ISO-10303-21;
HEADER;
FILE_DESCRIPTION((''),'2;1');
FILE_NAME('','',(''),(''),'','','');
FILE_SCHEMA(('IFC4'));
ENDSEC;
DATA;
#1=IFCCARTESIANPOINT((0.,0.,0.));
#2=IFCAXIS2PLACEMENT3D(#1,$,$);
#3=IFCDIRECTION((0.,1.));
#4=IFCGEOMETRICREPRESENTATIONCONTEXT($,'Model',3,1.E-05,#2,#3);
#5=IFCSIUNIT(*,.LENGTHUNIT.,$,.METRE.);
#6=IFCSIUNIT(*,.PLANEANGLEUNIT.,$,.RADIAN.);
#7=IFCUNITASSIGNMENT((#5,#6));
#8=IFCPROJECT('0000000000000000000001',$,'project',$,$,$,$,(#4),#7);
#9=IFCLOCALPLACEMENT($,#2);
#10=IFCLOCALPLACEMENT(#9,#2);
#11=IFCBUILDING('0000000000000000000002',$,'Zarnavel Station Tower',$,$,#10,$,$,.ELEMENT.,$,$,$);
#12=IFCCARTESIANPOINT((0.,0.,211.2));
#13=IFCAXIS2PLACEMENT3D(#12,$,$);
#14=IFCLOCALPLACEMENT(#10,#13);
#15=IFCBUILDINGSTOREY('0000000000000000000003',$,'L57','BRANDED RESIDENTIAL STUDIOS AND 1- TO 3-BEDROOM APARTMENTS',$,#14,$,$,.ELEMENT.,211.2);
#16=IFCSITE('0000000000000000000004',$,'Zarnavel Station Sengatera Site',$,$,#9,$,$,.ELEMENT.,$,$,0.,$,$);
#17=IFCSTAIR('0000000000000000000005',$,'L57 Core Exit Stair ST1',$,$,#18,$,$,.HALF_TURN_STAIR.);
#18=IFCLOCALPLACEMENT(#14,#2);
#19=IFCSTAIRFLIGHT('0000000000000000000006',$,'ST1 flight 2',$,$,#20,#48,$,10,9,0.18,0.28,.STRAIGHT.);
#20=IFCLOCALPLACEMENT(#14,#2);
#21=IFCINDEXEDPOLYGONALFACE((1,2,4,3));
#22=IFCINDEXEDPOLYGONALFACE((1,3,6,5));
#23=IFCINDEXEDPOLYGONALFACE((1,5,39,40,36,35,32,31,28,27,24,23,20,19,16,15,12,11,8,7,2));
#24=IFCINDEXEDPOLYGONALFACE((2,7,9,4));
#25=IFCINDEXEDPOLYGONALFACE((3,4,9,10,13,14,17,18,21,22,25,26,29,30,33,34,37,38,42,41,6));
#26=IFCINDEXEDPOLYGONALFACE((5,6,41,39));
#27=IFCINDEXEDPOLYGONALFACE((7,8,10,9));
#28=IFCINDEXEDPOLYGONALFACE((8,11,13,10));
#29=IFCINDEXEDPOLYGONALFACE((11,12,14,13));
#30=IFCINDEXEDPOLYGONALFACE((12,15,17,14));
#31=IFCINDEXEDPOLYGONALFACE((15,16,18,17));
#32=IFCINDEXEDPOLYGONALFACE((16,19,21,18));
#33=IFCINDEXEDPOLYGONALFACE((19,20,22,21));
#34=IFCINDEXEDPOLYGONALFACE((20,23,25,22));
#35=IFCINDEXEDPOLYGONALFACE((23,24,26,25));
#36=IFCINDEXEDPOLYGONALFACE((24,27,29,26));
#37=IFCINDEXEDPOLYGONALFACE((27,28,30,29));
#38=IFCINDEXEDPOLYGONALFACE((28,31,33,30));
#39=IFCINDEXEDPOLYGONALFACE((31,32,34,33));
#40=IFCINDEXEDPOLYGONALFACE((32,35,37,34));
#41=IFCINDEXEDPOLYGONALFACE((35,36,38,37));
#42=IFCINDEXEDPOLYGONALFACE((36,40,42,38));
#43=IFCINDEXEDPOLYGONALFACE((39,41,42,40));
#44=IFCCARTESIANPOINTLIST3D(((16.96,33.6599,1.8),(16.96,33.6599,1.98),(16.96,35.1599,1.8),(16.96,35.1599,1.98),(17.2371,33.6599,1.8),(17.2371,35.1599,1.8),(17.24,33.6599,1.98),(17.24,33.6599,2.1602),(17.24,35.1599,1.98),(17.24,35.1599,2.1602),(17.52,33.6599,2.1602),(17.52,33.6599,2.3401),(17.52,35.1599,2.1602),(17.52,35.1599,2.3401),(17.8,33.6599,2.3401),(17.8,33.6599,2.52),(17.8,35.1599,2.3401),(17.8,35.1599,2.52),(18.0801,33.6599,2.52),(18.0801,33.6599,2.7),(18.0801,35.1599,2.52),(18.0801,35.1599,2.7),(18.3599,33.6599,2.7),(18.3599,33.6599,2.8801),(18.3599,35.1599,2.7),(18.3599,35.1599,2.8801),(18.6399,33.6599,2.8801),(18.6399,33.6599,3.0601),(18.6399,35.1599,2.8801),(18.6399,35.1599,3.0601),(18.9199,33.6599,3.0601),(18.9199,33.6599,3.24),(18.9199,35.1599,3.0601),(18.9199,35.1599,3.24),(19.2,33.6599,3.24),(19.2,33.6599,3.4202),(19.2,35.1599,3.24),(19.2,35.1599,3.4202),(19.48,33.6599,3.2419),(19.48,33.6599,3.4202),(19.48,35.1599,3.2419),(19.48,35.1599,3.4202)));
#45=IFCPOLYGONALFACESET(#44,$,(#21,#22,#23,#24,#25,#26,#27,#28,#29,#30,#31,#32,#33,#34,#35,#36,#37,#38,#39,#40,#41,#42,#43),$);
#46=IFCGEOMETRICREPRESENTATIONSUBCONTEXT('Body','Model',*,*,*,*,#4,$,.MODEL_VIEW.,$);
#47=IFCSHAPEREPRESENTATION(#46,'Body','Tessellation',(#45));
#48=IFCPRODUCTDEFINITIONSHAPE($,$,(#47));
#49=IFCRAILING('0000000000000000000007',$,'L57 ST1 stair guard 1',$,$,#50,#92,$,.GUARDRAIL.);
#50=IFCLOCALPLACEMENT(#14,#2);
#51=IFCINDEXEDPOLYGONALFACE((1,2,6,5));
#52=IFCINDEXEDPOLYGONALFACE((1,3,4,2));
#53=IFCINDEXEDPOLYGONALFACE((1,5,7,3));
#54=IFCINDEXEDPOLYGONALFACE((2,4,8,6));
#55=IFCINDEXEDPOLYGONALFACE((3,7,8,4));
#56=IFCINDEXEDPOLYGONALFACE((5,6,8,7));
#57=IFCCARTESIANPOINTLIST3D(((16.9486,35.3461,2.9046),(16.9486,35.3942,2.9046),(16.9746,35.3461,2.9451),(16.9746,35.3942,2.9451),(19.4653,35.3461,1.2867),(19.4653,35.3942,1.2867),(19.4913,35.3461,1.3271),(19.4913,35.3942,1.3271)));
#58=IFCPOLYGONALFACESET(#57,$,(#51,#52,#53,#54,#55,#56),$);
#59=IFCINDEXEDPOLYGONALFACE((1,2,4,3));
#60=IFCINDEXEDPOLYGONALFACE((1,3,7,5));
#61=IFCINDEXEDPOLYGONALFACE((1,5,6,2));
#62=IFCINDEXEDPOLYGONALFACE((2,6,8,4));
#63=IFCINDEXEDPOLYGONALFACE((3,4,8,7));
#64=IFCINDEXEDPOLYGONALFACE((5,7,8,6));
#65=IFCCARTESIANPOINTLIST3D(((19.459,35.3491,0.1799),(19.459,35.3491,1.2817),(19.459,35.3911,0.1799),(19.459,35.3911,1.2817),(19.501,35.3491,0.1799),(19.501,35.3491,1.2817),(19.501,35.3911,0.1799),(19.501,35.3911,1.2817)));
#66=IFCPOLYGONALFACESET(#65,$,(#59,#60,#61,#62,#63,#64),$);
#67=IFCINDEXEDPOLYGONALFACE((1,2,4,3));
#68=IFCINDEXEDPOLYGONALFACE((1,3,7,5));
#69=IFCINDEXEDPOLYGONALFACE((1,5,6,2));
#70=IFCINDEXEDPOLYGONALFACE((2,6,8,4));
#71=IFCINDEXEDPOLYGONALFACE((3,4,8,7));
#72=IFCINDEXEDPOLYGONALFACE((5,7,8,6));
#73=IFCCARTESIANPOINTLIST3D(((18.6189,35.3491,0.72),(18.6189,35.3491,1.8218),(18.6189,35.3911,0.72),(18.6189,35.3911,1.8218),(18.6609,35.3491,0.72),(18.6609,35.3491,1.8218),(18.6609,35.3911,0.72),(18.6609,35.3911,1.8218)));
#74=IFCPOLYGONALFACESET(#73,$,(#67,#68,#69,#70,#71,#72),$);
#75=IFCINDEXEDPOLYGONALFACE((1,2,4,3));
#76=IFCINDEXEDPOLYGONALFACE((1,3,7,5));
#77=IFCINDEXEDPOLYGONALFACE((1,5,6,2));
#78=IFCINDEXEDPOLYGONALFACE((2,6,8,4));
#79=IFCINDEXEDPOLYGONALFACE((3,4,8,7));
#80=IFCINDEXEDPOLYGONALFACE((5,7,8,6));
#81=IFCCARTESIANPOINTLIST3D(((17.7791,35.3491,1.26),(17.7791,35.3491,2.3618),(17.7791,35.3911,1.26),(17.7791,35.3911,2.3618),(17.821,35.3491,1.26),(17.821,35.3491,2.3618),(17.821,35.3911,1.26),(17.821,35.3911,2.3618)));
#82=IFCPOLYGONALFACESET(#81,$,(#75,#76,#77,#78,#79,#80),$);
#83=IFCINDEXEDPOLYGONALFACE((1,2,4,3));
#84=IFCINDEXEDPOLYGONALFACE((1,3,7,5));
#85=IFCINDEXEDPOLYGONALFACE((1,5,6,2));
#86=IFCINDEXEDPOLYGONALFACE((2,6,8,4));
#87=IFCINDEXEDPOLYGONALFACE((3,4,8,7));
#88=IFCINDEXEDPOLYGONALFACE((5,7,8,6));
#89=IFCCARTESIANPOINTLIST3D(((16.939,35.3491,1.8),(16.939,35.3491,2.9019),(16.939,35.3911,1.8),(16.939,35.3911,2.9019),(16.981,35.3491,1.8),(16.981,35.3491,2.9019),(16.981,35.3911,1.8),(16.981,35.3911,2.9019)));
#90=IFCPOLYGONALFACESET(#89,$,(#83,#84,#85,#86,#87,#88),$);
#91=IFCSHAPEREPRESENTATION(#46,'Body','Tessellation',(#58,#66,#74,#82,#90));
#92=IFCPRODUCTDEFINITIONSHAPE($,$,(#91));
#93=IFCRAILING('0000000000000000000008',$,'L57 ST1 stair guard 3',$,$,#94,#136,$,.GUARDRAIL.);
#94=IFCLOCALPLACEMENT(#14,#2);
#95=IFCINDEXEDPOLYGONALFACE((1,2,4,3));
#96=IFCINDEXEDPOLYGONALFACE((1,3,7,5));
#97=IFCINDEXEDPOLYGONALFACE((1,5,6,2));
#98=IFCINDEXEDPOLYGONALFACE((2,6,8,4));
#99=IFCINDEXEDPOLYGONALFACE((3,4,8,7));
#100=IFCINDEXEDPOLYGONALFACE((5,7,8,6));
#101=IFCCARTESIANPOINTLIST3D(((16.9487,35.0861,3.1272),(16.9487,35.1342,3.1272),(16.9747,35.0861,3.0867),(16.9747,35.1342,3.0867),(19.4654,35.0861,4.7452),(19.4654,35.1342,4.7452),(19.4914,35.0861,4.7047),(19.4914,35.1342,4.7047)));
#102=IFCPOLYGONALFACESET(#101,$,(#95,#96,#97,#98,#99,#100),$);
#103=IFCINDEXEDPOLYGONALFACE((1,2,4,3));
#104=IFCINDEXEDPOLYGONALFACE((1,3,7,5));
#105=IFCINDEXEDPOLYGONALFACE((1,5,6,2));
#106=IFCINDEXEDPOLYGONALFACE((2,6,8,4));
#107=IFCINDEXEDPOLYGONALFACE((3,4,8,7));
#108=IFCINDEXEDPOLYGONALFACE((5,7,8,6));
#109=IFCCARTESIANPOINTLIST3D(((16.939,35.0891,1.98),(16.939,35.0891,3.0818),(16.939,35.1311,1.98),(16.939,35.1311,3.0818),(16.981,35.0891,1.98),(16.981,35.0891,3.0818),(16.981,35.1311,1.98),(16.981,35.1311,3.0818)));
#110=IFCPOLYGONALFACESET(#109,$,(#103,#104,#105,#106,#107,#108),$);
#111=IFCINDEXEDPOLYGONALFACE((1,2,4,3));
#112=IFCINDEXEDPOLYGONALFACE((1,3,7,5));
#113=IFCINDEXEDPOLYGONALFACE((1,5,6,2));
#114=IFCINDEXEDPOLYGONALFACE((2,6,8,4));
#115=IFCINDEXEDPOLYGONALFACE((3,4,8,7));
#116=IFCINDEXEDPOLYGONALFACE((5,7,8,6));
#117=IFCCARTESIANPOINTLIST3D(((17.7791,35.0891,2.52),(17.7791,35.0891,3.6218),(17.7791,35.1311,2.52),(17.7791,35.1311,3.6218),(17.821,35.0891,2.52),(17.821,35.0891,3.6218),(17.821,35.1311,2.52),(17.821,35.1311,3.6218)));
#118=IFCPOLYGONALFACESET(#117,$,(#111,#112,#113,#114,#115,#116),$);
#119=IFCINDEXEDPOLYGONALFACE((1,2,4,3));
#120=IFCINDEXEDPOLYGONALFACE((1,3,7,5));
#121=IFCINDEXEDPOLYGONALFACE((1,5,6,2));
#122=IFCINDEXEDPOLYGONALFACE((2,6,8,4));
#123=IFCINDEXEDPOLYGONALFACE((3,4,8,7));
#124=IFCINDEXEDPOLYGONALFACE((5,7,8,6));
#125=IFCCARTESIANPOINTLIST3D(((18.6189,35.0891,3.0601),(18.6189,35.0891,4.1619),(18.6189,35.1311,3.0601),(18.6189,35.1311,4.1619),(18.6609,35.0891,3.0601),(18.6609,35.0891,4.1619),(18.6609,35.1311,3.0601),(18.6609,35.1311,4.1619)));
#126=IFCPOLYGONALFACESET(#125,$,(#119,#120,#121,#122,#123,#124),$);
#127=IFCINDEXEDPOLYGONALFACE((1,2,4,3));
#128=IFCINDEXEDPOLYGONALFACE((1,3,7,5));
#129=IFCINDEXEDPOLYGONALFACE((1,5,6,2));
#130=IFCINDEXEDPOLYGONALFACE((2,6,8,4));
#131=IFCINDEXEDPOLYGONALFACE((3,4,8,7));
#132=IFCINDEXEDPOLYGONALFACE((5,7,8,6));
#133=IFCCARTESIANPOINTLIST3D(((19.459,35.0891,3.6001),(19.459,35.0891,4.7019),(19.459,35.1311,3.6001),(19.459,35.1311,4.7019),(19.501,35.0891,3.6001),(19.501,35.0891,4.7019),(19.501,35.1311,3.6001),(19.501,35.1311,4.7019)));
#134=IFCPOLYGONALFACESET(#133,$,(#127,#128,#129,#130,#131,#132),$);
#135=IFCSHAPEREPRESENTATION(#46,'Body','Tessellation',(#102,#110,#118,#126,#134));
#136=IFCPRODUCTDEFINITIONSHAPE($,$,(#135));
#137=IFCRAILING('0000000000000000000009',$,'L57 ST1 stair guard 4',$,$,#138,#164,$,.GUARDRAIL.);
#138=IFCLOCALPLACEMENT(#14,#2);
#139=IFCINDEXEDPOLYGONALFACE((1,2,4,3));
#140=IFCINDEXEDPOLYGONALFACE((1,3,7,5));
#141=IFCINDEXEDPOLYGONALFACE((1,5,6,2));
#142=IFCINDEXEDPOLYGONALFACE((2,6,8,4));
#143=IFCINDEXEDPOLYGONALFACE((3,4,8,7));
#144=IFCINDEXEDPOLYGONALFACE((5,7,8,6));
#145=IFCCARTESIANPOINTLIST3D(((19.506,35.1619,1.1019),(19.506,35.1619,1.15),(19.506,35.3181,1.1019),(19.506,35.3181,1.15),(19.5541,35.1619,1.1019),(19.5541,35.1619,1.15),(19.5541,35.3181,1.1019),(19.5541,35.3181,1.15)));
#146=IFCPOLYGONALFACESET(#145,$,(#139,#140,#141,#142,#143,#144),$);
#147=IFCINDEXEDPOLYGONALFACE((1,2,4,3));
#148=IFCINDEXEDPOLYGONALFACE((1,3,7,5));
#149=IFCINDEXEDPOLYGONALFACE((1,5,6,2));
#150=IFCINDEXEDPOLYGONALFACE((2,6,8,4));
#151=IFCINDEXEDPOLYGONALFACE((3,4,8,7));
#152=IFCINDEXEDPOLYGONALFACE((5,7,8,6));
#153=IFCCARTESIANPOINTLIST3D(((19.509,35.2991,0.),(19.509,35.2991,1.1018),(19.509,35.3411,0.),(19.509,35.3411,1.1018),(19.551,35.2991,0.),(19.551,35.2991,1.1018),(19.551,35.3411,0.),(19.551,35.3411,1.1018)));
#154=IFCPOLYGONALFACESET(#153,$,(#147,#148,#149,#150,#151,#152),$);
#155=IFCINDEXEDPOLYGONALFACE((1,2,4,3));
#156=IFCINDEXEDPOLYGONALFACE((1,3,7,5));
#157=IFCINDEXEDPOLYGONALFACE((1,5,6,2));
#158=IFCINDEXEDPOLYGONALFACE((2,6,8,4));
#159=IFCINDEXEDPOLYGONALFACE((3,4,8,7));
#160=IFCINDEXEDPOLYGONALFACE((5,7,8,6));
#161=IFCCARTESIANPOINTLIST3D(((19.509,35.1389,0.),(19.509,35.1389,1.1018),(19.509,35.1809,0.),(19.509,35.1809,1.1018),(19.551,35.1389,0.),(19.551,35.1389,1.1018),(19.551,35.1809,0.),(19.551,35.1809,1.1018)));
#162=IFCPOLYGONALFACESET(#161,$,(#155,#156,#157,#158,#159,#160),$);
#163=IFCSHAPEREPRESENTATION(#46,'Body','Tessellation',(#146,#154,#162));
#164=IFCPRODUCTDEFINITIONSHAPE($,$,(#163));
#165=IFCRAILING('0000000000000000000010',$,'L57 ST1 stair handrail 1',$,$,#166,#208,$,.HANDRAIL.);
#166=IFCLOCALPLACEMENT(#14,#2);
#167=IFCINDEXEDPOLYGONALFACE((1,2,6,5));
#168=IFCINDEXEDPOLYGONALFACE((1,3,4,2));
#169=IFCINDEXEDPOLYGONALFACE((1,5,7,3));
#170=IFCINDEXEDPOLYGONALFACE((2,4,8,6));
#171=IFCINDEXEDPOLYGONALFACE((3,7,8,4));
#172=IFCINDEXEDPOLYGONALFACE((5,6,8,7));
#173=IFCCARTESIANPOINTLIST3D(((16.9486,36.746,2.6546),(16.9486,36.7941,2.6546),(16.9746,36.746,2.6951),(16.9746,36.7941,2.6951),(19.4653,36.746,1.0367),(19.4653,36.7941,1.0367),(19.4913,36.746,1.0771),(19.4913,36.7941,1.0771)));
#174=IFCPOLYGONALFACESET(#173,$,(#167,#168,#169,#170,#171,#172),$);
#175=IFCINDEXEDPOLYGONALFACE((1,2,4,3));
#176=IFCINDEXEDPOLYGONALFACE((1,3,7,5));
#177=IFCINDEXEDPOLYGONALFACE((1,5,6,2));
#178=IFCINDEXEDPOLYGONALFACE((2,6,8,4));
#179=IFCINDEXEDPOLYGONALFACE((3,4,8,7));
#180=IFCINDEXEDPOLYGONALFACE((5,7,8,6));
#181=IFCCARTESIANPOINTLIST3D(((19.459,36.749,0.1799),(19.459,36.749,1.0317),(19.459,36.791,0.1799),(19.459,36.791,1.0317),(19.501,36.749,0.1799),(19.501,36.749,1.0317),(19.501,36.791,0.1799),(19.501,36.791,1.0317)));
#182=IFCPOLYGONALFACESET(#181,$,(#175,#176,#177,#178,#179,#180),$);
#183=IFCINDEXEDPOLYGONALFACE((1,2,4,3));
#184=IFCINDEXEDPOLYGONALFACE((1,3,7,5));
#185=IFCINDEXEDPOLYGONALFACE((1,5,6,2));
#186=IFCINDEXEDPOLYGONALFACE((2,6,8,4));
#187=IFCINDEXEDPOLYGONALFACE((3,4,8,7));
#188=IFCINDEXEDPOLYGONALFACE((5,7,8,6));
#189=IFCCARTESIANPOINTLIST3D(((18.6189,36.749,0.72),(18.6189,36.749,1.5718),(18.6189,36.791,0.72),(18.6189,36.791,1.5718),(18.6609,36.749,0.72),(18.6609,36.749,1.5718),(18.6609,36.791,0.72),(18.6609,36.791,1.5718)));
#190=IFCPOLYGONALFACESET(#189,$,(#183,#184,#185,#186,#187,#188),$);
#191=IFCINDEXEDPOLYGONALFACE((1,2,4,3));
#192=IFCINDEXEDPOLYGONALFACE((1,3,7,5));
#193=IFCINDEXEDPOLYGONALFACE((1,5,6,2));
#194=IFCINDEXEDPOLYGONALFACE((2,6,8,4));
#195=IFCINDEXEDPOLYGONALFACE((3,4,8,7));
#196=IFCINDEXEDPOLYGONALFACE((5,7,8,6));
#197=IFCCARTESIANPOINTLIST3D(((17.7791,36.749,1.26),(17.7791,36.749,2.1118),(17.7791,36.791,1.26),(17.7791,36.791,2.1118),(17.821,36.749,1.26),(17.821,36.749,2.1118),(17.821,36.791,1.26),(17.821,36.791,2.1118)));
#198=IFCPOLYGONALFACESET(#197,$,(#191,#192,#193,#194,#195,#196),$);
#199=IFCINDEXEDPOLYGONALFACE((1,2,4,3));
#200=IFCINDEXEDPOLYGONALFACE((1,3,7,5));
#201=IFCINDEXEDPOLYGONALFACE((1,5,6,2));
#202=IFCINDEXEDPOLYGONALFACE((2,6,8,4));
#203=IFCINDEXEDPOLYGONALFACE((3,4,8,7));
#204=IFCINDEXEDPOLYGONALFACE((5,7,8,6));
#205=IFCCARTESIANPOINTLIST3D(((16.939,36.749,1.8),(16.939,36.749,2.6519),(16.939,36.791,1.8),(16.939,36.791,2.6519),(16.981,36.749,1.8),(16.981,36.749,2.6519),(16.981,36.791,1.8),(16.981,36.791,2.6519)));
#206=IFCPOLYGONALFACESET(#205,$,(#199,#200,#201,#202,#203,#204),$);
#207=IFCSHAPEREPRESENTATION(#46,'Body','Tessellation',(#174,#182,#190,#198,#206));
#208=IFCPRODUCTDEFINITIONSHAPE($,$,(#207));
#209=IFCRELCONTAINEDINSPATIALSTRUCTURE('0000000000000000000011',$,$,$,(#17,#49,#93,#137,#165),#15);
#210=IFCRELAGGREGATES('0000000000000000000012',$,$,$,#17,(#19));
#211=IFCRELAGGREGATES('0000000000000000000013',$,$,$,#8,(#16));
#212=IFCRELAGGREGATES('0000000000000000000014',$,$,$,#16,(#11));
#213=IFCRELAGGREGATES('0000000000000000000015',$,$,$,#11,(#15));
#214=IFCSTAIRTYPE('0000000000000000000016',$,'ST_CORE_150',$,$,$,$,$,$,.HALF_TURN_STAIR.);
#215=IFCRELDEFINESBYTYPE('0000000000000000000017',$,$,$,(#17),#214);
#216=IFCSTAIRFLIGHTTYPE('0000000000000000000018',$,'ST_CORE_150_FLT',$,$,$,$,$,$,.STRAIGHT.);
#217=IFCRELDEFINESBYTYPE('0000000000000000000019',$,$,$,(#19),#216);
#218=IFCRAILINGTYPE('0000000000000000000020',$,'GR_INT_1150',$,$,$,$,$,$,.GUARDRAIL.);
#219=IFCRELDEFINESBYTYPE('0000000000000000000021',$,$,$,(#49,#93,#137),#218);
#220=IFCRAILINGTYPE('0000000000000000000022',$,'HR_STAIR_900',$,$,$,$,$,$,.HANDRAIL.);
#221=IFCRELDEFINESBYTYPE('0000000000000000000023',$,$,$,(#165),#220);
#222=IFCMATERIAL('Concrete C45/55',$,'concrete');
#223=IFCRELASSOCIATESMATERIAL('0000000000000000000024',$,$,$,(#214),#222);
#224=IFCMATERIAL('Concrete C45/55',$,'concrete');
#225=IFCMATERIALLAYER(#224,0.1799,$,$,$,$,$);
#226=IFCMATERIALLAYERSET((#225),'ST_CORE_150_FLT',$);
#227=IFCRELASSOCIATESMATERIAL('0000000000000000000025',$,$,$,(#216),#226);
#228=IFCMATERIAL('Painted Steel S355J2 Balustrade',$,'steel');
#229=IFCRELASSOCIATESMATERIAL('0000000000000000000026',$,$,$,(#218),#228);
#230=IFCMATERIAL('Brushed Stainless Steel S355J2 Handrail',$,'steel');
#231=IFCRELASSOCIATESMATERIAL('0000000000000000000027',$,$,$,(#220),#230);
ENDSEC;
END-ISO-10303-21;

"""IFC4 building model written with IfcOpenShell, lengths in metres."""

from ifc_helpers import new_model, si_unit, direction, frame, origin, origin_2d, place, context, subcontext, project, spatial, polyline, rectangle, outline, extrude, material, layer, layer_set, type_object, element, aggregate, save


model = new_model("IFC4")

# Units and contexts
model_context = context("Model", 3, precision=1e-05, world=origin(), true_north=direction((0.0, 1.0)))
body_context = subcontext(model_context, "Body", "Model", "MODEL_VIEW")
ifc_project = project(units=[si_unit("LENGTHUNIT", "METRE"), si_unit("PLANEANGLEUNIT", "RADIAN")], contexts=[model_context])

# Site, building, storey
site_placement = place(None, origin())
site = spatial("IfcSite", under=ifc_project, at=site_placement, Name="Zarnavel Station Sengatera Site", CompositionType="ELEMENT", RefElevation=0.0)
building_placement = place(site_placement, origin())
building = spatial("IfcBuilding", under=site, at=building_placement, Name="Zarnavel Station Tower", CompositionType="ELEMENT")
storey_placement = place(building_placement, frame((0.0, 0.0, 211.2)))
storey = spatial("IfcBuildingStorey", under=building, at=storey_placement, Name="L57", Description="BRANDED RESIDENTIAL STUDIOS AND 1- TO 3-BEDROOM APARTMENTS", CompositionType="ELEMENT", Elevation=211.2)

# Stair, stair flight
ifc_material_1 = material(Name="Concrete C45/55", Category="concrete")
stair_type = type_object("IfcStairType", Name="ST_CORE_150", PredefinedType="HALF_TURN_STAIR", material=ifc_material_1)
stair_placement = place(storey_placement, origin())
stair = element("IfcStair", 1, at=stair_placement, inside=storey, type_object=stair_type, Name="L57 Core Exit Stair ST1", PredefinedType="HALF_TURN_STAIR")
ifc_material_2 = material(Name="Concrete C45/55", Category="concrete")
ifc_layer_1 = layer(ifc_material_2, 0.1799)
ifc_layer_set_1 = layer_set([ifc_layer_1], Name="ST_CORE_150_FLT")
stair_flight_type = type_object("IfcStairFlightType", Name="ST_CORE_150_FLT", PredefinedType="STRAIGHT", material=ifc_layer_set_1)
stair_flight_1_placement = place(storey_placement, frame((16.96, 34.4099, 1.8), z_axis=(0.0, 0.0, 1.0), x_axis=(1.0, 0.0, 0.0)))
stair_flight_1 = element("IfcStairFlight", 2, at=stair_flight_1_placement, type_object=stair_flight_type, Name="ST1 flight 2", NumberOfRisers=10, NumberOfTreads=9, PredefinedType="STRAIGHT", RiserHeight=0.18, TreadLength=0.28, context=body_context, shape_type="SweptSolid", body=[
    extrude(outline(polyline([(0.0, 0.0), (0.0, 0.1799), (0.28, 0.1799), (0.28, 0.3601), (0.5601, 0.3601), (0.5601, 0.54), (0.8401, 0.54), (0.8401, 0.72), (1.1201, 0.72), (1.1201, 0.8999), (1.3999, 0.8999), (1.3999, 1.0801), (1.6799, 1.0801), (1.6799, 1.26), (1.96, 1.26), (1.96, 1.4399), (2.24, 1.4399), (2.24, 1.6201), (2.52, 1.6201), (2.52, 1.8), (2.52, 1.4419), (0.2771, 0.0), (0.0, 0.0)])), frame((0.0, 0.75, 0.0), z_axis=(0.0, -1.0, 0.0), x_axis=(1.0, 0.0, 0.0)), (0.0, 0.0, 1.0), 1.5),
])
aggregate(stair, [stair_flight_1])

# Railings
ifc_material_3 = material(Name="Painted Steel S355J2 Balustrade", Category="steel")
railing_type_1 = type_object("IfcRailingType", Name="GR_INT_1150", PredefinedType="GUARDRAIL", material=ifc_material_3)
railing_1_placement = place(storey_placement, frame((19.48, 35.3701, 0.1799)))
element("IfcRailing", 3, at=railing_1_placement, inside=storey, type_object=railing_type_1, Name="L57 ST1 stair guard 1", PredefinedType="GUARDRAIL", context=body_context, shape_type="SweptSolid", body=[
    extrude(rectangle(XDim=0.0481, YDim=0.0481, at=origin_2d()), frame((-0.0017, 0.0, 1.127), z_axis=(-0.841163, 0.0, 0.540782), x_axis=(0.0, -1.0, 0.0)), (0.0, 0.0, 1.0), 2.9919),
    extrude(rectangle(XDim=0.042, YDim=0.042, at=origin_2d()), origin(), (0.0, 0.0, 1.0), 1.1018),
    extrude(rectangle(XDim=0.042, YDim=0.042, at=origin_2d()), frame((-0.8401, 0.0, 0.54)), (0.0, 0.0, 1.0), 1.1018),
    extrude(rectangle(XDim=0.042, YDim=0.042, at=origin_2d()), frame((-1.6799, 0.0, 1.0801)), (0.0, 0.0, 1.0), 1.1018),
    extrude(rectangle(XDim=0.042, YDim=0.042, at=origin_2d()), frame((-2.52, 0.0, 1.6201)), (0.0, 0.0, 1.0), 1.1018),
])
railing_2_placement = place(storey_placement, frame((16.96, 35.1101, 1.98)))
element("IfcRailing", 4, at=railing_2_placement, inside=storey, type_object=railing_type_1, Name="L57 ST1 stair guard 3", PredefinedType="GUARDRAIL", context=body_context, shape_type="SweptSolid", body=[
    extrude(rectangle(XDim=0.0481, YDim=0.0481, at=origin_2d()), frame((0.0017, 0.0, 1.127), z_axis=(0.841163, 0.0, 0.540782), x_axis=(0.0, 1.0, 0.0)), (0.0, 0.0, 1.0), 2.9919),
    extrude(rectangle(XDim=0.042, YDim=0.042, at=origin_2d()), origin(), (0.0, 0.0, 1.0), 1.1018),
    extrude(rectangle(XDim=0.042, YDim=0.042, at=origin_2d()), frame((0.8401, 0.0, 0.54)), (0.0, 0.0, 1.0), 1.1018),
    extrude(rectangle(XDim=0.042, YDim=0.042, at=origin_2d()), frame((1.6799, 0.0, 1.0801)), (0.0, 0.0, 1.0), 1.1018),
    extrude(rectangle(XDim=0.042, YDim=0.042, at=origin_2d()), frame((2.52, 0.0, 1.6201)), (0.0, 0.0, 1.0), 1.1018),
])
railing_3_placement = place(storey_placement, frame((19.53, 35.3201, 0.0)))
element("IfcRailing", 5, at=railing_3_placement, inside=storey, type_object=railing_type_1, Name="L57 ST1 stair guard 4", PredefinedType="GUARDRAIL", context=body_context, shape_type="SweptSolid", body=[
    extrude(rectangle(XDim=0.0481, YDim=0.0481, at=origin_2d()), frame((0.0, -0.002, 1.126), z_axis=(0.0, -1.0, 0.0), x_axis=(1.0, 0.0, 0.0)), (0.0, 0.0, 1.0), 0.1562),
    extrude(rectangle(XDim=0.042, YDim=0.042, at=origin_2d()), origin(), (0.0, 0.0, 1.0), 1.1018),
    extrude(rectangle(XDim=0.042, YDim=0.042, at=origin_2d()), frame((0.0, -0.1602, 0.0)), (0.0, 0.0, 1.0), 1.1018),
])
ifc_material_4 = material(Name="Brushed Stainless Steel S355J2 Handrail", Category="steel")
railing_type_2 = type_object("IfcRailingType", Name="HR_STAIR_900", PredefinedType="HANDRAIL", material=ifc_material_4)
railing_4_placement = place(storey_placement, frame((19.48, 36.77, 0.1799)))
element("IfcRailing", 6, at=railing_4_placement, inside=storey, type_object=railing_type_2, Name="L57 ST1 stair handrail 1", PredefinedType="HANDRAIL", context=body_context, shape_type="SweptSolid", body=[
    extrude(rectangle(XDim=0.0481, YDim=0.0481, at=origin_2d()), frame((-0.0017, 0.0, 0.877), z_axis=(-0.841163, 0.0, 0.540782), x_axis=(0.0, -1.0, 0.0)), (0.0, 0.0, 1.0), 2.9919),
    extrude(rectangle(XDim=0.042, YDim=0.042, at=origin_2d()), origin(), (0.0, 0.0, 1.0), 0.8518),
    extrude(rectangle(XDim=0.042, YDim=0.042, at=origin_2d()), frame((-0.8401, 0.0, 0.54)), (0.0, 0.0, 1.0), 0.8518),
    extrude(rectangle(XDim=0.042, YDim=0.042, at=origin_2d()), frame((-1.6799, 0.0, 1.0801)), (0.0, 0.0, 1.0), 0.8518),
    extrude(rectangle(XDim=0.042, YDim=0.042, at=origin_2d()), frame((-2.52, 0.0, 1.6201)), (0.0, 0.0, 1.0), 0.8518),
])

save(model, "model.ifc")
